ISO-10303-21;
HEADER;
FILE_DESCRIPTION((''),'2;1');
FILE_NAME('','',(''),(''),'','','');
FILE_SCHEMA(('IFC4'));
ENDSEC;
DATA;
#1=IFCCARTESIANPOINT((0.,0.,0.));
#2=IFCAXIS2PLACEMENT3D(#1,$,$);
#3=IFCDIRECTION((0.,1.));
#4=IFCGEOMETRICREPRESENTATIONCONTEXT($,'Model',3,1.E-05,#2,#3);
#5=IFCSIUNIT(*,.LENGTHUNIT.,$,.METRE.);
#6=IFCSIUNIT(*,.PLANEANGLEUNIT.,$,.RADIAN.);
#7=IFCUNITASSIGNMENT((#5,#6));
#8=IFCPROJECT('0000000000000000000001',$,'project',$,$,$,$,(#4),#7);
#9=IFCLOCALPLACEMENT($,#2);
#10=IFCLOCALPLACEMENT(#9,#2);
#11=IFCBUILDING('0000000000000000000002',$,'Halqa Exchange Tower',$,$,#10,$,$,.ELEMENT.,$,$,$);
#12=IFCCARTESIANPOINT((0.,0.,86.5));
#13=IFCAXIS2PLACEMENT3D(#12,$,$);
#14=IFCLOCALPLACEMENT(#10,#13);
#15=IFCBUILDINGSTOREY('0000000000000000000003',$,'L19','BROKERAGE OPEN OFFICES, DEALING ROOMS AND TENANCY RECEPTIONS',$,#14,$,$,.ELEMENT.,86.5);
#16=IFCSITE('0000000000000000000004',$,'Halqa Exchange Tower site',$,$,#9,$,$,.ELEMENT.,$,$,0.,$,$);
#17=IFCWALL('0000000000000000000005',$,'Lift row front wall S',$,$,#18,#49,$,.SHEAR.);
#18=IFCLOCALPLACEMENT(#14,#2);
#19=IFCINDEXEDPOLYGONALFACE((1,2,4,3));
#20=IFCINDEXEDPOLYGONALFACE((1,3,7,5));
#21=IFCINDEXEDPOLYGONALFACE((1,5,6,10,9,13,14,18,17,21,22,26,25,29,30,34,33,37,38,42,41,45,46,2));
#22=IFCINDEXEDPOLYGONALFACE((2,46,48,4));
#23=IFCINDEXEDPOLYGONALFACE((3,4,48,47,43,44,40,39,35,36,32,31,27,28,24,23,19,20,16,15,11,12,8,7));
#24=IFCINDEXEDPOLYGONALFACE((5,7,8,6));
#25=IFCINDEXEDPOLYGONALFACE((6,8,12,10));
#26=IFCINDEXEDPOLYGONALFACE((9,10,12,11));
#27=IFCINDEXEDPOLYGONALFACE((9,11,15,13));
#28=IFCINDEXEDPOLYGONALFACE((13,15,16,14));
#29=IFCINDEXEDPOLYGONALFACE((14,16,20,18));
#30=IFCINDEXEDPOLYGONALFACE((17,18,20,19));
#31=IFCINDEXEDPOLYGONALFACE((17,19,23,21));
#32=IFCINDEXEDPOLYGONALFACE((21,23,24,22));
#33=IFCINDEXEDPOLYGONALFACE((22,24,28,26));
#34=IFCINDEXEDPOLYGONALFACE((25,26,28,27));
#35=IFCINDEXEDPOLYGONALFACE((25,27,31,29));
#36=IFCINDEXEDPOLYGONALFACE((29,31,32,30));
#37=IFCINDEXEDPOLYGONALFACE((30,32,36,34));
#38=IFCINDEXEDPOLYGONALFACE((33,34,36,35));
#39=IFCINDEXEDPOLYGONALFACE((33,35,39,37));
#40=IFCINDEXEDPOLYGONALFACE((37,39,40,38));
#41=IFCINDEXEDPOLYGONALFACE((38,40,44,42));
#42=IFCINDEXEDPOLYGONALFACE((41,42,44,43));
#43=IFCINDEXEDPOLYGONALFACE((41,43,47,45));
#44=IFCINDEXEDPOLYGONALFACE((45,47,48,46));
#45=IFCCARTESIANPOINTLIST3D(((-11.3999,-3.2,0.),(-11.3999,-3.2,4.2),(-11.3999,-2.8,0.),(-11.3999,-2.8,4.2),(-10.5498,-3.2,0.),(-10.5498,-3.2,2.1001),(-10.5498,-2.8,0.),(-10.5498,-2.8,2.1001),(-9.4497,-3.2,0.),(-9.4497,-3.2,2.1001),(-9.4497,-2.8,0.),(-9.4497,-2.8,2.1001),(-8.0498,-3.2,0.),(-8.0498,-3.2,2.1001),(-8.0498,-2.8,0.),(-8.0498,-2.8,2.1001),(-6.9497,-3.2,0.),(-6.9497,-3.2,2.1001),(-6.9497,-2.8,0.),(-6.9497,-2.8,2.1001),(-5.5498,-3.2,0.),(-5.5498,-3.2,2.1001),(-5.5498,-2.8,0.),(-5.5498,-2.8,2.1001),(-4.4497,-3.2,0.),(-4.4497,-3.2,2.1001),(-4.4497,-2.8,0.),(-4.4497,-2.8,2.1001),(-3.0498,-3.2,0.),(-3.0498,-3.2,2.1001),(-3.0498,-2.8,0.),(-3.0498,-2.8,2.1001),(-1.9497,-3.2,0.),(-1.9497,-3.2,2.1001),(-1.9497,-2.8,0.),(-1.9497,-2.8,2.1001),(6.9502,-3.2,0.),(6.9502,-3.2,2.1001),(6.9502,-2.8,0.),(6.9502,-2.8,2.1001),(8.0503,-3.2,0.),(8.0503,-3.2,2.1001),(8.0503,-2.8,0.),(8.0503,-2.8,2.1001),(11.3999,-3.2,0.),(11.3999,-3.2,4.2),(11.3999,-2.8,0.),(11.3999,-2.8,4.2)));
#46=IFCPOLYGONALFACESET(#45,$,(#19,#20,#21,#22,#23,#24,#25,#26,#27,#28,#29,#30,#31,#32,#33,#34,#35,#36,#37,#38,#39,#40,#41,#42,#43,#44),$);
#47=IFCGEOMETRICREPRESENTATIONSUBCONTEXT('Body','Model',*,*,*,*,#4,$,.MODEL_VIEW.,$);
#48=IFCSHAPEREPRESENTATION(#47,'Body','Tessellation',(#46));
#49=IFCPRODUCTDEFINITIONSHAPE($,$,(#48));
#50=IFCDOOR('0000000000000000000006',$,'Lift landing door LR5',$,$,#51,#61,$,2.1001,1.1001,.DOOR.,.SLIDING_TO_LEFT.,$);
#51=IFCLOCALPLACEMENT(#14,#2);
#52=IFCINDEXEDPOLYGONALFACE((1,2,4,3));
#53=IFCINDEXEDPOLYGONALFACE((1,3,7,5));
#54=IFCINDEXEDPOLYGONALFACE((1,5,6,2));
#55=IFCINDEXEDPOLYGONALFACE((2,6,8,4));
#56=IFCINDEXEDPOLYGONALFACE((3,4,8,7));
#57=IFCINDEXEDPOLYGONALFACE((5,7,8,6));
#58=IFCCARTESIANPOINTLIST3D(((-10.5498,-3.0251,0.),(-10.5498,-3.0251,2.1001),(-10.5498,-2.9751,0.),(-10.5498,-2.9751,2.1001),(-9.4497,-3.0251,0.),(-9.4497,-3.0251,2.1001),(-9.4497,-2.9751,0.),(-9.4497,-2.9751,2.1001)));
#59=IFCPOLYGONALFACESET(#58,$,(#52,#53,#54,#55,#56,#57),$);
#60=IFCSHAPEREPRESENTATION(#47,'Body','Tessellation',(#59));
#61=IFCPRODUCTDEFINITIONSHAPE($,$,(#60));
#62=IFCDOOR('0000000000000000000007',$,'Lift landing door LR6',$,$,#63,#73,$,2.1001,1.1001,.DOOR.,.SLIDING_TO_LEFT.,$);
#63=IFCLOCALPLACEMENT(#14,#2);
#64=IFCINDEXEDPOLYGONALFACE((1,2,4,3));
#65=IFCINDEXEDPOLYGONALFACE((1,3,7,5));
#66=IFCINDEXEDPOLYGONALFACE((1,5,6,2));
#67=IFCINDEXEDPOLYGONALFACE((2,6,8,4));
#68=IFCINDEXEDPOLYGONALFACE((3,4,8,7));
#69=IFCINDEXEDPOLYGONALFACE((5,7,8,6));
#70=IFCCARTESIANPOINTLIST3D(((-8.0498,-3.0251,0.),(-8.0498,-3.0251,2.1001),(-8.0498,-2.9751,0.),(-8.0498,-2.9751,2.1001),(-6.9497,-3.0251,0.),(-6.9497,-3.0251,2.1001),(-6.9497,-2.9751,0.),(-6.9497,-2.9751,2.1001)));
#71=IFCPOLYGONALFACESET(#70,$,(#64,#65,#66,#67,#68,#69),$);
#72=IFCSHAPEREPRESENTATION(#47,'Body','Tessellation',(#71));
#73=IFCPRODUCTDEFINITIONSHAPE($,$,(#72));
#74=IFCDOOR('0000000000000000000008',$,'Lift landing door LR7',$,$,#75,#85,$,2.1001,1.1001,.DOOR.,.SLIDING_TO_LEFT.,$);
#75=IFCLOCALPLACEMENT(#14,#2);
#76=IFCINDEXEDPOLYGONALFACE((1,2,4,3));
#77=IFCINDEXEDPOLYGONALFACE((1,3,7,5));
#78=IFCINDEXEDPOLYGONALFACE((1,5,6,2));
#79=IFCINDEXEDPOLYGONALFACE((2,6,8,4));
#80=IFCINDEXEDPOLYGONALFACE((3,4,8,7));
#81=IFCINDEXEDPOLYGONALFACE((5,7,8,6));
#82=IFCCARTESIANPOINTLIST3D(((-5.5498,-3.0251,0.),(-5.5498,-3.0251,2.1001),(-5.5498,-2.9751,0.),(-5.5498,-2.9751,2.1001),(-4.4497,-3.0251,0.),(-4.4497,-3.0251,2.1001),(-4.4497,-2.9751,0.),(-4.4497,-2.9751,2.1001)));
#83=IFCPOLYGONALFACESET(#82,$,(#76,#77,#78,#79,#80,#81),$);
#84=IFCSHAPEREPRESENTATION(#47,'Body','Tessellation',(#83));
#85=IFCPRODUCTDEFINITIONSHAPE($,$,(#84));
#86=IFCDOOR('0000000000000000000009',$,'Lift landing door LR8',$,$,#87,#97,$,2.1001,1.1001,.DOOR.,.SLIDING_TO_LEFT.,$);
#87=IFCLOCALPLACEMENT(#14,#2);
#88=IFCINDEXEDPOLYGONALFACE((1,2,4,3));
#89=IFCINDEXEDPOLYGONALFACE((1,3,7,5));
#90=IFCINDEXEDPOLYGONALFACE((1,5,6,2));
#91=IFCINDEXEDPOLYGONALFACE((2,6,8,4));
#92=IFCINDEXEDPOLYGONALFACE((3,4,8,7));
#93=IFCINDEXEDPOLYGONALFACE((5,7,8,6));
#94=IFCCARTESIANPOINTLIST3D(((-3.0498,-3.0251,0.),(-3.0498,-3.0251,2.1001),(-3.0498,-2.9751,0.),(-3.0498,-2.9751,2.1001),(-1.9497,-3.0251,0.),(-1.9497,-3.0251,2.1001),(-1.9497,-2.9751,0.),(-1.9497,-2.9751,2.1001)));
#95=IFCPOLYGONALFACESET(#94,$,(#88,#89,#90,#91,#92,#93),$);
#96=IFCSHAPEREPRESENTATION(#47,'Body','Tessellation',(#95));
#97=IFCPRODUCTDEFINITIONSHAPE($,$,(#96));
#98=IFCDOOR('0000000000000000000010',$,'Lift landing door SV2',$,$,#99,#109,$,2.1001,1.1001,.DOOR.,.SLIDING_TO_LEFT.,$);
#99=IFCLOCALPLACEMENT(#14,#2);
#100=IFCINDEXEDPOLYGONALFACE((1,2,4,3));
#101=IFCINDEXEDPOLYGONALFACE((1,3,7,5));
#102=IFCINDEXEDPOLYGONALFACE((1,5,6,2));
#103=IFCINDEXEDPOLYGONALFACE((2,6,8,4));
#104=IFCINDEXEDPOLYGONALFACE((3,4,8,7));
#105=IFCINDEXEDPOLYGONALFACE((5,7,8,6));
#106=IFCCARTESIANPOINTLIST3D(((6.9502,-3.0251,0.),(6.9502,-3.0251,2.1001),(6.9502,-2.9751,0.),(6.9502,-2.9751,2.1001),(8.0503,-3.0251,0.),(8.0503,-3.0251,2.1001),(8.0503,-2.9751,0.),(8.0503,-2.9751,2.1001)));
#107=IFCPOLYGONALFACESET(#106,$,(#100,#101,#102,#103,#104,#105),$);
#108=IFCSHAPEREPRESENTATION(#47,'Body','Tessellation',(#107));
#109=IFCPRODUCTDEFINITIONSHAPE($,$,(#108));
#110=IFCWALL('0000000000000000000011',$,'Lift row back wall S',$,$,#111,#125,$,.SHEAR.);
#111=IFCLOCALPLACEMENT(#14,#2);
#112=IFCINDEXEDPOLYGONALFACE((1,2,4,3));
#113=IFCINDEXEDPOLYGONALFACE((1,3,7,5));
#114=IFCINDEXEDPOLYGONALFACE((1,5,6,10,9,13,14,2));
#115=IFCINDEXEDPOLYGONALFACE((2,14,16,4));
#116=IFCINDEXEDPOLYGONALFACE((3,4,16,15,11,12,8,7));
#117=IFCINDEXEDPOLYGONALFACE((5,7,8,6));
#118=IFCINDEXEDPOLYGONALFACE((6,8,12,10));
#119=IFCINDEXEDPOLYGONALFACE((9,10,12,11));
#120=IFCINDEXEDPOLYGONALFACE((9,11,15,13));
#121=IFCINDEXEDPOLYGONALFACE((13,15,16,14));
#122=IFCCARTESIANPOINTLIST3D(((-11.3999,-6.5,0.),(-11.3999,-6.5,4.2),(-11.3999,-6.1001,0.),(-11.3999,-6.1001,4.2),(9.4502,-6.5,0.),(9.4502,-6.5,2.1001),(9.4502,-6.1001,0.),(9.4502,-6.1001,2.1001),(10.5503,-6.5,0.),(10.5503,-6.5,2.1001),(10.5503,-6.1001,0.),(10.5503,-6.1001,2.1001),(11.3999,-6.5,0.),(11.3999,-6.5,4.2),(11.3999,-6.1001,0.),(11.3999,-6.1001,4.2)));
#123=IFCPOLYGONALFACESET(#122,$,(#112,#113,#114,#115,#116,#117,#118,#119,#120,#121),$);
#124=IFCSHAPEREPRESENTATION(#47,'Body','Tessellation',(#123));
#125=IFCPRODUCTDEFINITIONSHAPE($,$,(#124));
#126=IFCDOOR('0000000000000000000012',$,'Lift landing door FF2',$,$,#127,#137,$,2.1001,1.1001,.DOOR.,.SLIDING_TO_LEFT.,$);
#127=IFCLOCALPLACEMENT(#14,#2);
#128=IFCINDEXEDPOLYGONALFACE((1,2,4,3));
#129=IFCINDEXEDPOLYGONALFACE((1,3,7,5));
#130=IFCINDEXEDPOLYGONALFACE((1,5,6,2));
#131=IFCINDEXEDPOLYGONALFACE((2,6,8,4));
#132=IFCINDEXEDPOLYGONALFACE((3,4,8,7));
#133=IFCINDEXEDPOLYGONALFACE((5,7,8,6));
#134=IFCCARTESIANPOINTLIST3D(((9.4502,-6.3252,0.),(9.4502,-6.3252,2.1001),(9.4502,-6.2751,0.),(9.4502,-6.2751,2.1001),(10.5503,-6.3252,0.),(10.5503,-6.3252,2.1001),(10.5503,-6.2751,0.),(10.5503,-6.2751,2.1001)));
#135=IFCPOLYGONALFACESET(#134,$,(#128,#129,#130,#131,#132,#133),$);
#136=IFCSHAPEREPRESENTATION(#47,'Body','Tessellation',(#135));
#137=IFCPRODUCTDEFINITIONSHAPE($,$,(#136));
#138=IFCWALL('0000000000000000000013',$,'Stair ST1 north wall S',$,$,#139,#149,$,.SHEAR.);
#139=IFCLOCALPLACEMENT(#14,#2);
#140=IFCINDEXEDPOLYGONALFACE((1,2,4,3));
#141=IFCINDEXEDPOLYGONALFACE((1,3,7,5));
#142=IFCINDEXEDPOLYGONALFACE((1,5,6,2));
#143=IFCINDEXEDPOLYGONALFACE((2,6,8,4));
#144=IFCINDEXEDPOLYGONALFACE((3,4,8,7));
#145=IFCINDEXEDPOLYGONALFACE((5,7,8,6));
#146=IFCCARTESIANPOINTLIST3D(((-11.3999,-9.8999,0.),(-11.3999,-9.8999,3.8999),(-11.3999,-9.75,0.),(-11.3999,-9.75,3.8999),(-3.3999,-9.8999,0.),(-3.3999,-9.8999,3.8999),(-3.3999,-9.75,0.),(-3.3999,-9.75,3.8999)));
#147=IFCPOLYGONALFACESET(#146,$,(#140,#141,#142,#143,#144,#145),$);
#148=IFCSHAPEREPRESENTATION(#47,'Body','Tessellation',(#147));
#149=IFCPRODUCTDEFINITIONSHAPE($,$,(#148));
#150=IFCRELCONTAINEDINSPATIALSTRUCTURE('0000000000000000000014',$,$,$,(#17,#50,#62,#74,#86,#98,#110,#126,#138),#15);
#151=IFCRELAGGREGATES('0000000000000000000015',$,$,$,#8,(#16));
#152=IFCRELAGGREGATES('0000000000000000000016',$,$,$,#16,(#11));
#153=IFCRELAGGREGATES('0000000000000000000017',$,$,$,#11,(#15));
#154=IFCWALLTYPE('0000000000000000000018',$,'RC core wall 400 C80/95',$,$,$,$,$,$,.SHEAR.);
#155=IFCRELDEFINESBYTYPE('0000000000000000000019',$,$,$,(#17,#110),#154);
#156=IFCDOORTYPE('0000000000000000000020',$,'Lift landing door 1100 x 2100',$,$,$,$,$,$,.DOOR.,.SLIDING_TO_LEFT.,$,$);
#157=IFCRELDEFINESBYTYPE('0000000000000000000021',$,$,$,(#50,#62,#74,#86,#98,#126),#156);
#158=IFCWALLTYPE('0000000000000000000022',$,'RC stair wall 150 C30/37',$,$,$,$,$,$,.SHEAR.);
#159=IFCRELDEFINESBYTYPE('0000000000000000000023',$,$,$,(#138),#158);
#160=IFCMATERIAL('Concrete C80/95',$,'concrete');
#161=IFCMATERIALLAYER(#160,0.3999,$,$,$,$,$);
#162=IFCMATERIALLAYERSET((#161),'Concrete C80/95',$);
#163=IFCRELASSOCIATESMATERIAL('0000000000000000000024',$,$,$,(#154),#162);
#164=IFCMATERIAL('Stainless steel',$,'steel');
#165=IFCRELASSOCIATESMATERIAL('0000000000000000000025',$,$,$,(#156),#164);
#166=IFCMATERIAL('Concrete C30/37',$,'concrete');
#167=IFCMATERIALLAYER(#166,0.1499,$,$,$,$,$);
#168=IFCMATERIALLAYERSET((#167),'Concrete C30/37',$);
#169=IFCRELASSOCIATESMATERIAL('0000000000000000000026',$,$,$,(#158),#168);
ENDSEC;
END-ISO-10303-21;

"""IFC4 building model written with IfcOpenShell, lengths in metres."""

from ifc_helpers import new_model, si_unit, direction, frame, frame_2d, origin, place, context, subcontext, project, spatial, rectangle, extrude, material, layer, layer_set, type_object, element, fill, save


model = new_model("IFC4")

# Units and contexts
model_context = context("Model", 3, precision=1e-05, world=origin(), true_north=direction((0.0, 1.0)))
body_context = subcontext(model_context, "Body", "Model", "MODEL_VIEW")
ifc_project = project(units=[si_unit("LENGTHUNIT", "METRE"), si_unit("PLANEANGLEUNIT", "RADIAN")], contexts=[model_context])

# Site, building, storey
site_placement = place(None, origin())
site = spatial("IfcSite", under=ifc_project, at=site_placement, Name="Halqa Exchange Tower site", CompositionType="ELEMENT", RefElevation=0.0)
building_placement = place(site_placement, origin())
building = spatial("IfcBuilding", under=site, at=building_placement, Name="Halqa Exchange Tower", CompositionType="ELEMENT")
storey_placement = place(building_placement, frame((0.0, 0.0, 86.5)))
storey = spatial("IfcBuildingStorey", under=building, at=storey_placement, Name="L19", Description="BROKERAGE OPEN OFFICES, DEALING ROOMS AND TENANCY RECEPTIONS", CompositionType="ELEMENT", Elevation=86.5)

# Wall, openings, doors
ifc_material_1 = material(Name="Concrete C80/95", Category="concrete")
ifc_layer_1 = layer(ifc_material_1, 0.3999)
ifc_layer_set_1 = layer_set([ifc_layer_1], Name="Concrete C80/95")
wall_type_1 = type_object("IfcWallType", Name="RC core wall 400 C80/95", PredefinedType="SHEAR", material=ifc_layer_set_1)
wall_1_placement = place(storey_placement, frame((-11.3999, -3.0, 0.0), z_axis=(0.0, 0.0, 1.0), x_axis=(1.0, 0.0, 0.0)))
wall_1 = element("IfcWall", 1, at=wall_1_placement, inside=storey, type_object=wall_type_1, Name="Lift row front wall S", PredefinedType="SHEAR", context=body_context, shape_type="SweptSolid", body=[
    extrude(rectangle(XDim=22.7998, YDim=0.3999, at=frame_2d((11.3999, 0.0))), origin(), (0.0, 0.0, 1.0), 4.2),
])
opening_1_placement = place(wall_1_placement, frame((0.8501, 0.0, 0.0)))
opening_1 = element("IfcOpeningElement", 2, at=opening_1_placement, cuts=wall_1, PredefinedType="OPENING", context=body_context, shape_type="SweptSolid", body=[
    extrude(rectangle(XDim=1.1001, YDim=2.1001, at=frame_2d((0.55, 1.05))), frame((0.0, 0.2119, 0.0), z_axis=(0.0, -1.0, 0.0), x_axis=(1.0, 0.0, 0.0)), (0.0, 0.0, 1.0), 0.4238),
])
opening_2_placement = place(wall_1_placement, frame((3.3501, 0.0, 0.0)))
opening_2 = element("IfcOpeningElement", 3, at=opening_2_placement, cuts=wall_1, PredefinedType="OPENING", context=body_context, shape_type="SweptSolid", body=[
    extrude(rectangle(XDim=1.1001, YDim=2.1001, at=frame_2d((0.55, 1.05))), frame((0.0, 0.2119, 0.0), z_axis=(0.0, -1.0, 0.0), x_axis=(1.0, 0.0, 0.0)), (0.0, 0.0, 1.0), 0.4238),
])
opening_3_placement = place(wall_1_placement, frame((5.8501, 0.0, 0.0)))
opening_3 = element("IfcOpeningElement", 4, at=opening_3_placement, cuts=wall_1, PredefinedType="OPENING", context=body_context, shape_type="SweptSolid", body=[
    extrude(rectangle(XDim=1.1001, YDim=2.1001, at=frame_2d((0.55, 1.05))), frame((0.0, 0.2119, 0.0), z_axis=(0.0, -1.0, 0.0), x_axis=(1.0, 0.0, 0.0)), (0.0, 0.0, 1.0), 0.4238),
])
opening_4_placement = place(wall_1_placement, frame((8.3501, 0.0, 0.0)))
opening_4 = element("IfcOpeningElement", 5, at=opening_4_placement, cuts=wall_1, PredefinedType="OPENING", context=body_context, shape_type="SweptSolid", body=[
    extrude(rectangle(XDim=1.1001, YDim=2.1001, at=frame_2d((0.55, 1.05))), frame((0.0, 0.2119, 0.0), z_axis=(0.0, -1.0, 0.0), x_axis=(1.0, 0.0, 0.0)), (0.0, 0.0, 1.0), 0.4238),
])
opening_5_placement = place(wall_1_placement, frame((18.3501, 0.0, 0.0)))
opening_5 = element("IfcOpeningElement", 6, at=opening_5_placement, cuts=wall_1, PredefinedType="OPENING", context=body_context, shape_type="SweptSolid", body=[
    extrude(rectangle(XDim=1.1001, YDim=2.1001, at=frame_2d((0.55, 1.05))), frame((0.0, 0.2119, 0.0), z_axis=(0.0, -1.0, 0.0), x_axis=(1.0, 0.0, 0.0)), (0.0, 0.0, 1.0), 0.4238),
])
ifc_material_2 = material(Name="Stainless steel", Category="steel")
door_type = type_object("IfcDoorType", Name="Lift landing door 1100 x 2100", OperationType="SLIDING_TO_LEFT", PredefinedType="DOOR", material=ifc_material_2)
door_1_placement = place(opening_1_placement, origin())
door_1 = element("IfcDoor", 7, at=door_1_placement, inside=storey, type_object=door_type, Name="Lift landing door LR5", OperationType="SLIDING_TO_LEFT", OverallHeight=2.1001, OverallWidth=1.1001, PredefinedType="DOOR", context=body_context, shape_type="SweptSolid", body=[
    extrude(rectangle(XDim=1.1001, YDim=2.1001, at=frame_2d((0.55, 1.05))), frame((0.0, 0.0249, 0.0), z_axis=(0.0, -1.0, 0.0), x_axis=(1.0, 0.0, 0.0)), (0.0, 0.0, 1.0), 0.05),
])
fill(opening_1, door_1)
door_2_placement = place(opening_2_placement, origin())
door_2 = element("IfcDoor", 8, at=door_2_placement, inside=storey, type_object=door_type, Name="Lift landing door LR6", OperationType="SLIDING_TO_LEFT", OverallHeight=2.1001, OverallWidth=1.1001, PredefinedType="DOOR", context=body_context, shape_type="SweptSolid", body=[
    extrude(rectangle(XDim=1.1001, YDim=2.1001, at=frame_2d((0.55, 1.05))), frame((0.0, 0.0249, 0.0), z_axis=(0.0, -1.0, 0.0), x_axis=(1.0, 0.0, 0.0)), (0.0, 0.0, 1.0), 0.05),
])
fill(opening_2, door_2)
door_3_placement = place(opening_3_placement, origin())
door_3 = element("IfcDoor", 9, at=door_3_placement, inside=storey, type_object=door_type, Name="Lift landing door LR7", OperationType="SLIDING_TO_LEFT", OverallHeight=2.1001, OverallWidth=1.1001, PredefinedType="DOOR", context=body_context, shape_type="SweptSolid", body=[
    extrude(rectangle(XDim=1.1001, YDim=2.1001, at=frame_2d((0.55, 1.05))), frame((0.0, 0.0249, 0.0), z_axis=(0.0, -1.0, 0.0), x_axis=(1.0, 0.0, 0.0)), (0.0, 0.0, 1.0), 0.05),
])
fill(opening_3, door_3)
door_4_placement = place(opening_4_placement, origin())
door_4 = element("IfcDoor", 10, at=door_4_placement, inside=storey, type_object=door_type, Name="Lift landing door LR8", OperationType="SLIDING_TO_LEFT", OverallHeight=2.1001, OverallWidth=1.1001, PredefinedType="DOOR", context=body_context, shape_type="SweptSolid", body=[
    extrude(rectangle(XDim=1.1001, YDim=2.1001, at=frame_2d((0.55, 1.05))), frame((0.0, 0.0249, 0.0), z_axis=(0.0, -1.0, 0.0), x_axis=(1.0, 0.0, 0.0)), (0.0, 0.0, 1.0), 0.05),
])
fill(opening_4, door_4)
door_5_placement = place(opening_5_placement, origin())
door_5 = element("IfcDoor", 11, at=door_5_placement, inside=storey, type_object=door_type, Name="Lift landing door SV2", OperationType="SLIDING_TO_LEFT", OverallHeight=2.1001, OverallWidth=1.1001, PredefinedType="DOOR", context=body_context, shape_type="SweptSolid", body=[
    extrude(rectangle(XDim=1.1001, YDim=2.1001, at=frame_2d((0.55, 1.05))), frame((0.0, 0.0249, 0.0), z_axis=(0.0, -1.0, 0.0), x_axis=(1.0, 0.0, 0.0)), (0.0, 0.0, 1.0), 0.05),
])
fill(opening_5, door_5)

# Wall, opening, door
wall_2_placement = place(storey_placement, frame((-11.3999, -6.3, 0.0), z_axis=(0.0, 0.0, 1.0), x_axis=(1.0, 0.0, 0.0)))
wall_2 = element("IfcWall", 12, at=wall_2_placement, inside=storey, type_object=wall_type_1, Name="Lift row back wall S", PredefinedType="SHEAR", context=body_context, shape_type="SweptSolid", body=[
    extrude(rectangle(XDim=22.7998, YDim=0.3999, at=frame_2d((11.3999, 0.0))), origin(), (0.0, 0.0, 1.0), 4.2),
])
opening_6_placement = place(wall_2_placement, frame((20.8501, 0.0, 0.0)))
opening_6 = element("IfcOpeningElement", 13, at=opening_6_placement, cuts=wall_2, PredefinedType="OPENING", context=body_context, shape_type="SweptSolid", body=[
    extrude(rectangle(XDim=1.1001, YDim=2.1001, at=frame_2d((0.55, 1.05))), frame((0.0, 0.2119, 0.0), z_axis=(0.0, -1.0, 0.0), x_axis=(1.0, 0.0, 0.0)), (0.0, 0.0, 1.0), 0.4238),
])
door_6_placement = place(opening_6_placement, origin())
door_6 = element("IfcDoor", 14, at=door_6_placement, inside=storey, type_object=door_type, Name="Lift landing door FF2", OperationType="SLIDING_TO_LEFT", OverallHeight=2.1001, OverallWidth=1.1001, PredefinedType="DOOR", context=body_context, shape_type="SweptSolid", body=[
    extrude(rectangle(XDim=1.1001, YDim=2.1001, at=frame_2d((0.55, 1.05))), frame((0.0, 0.0249, 0.0), z_axis=(0.0, -1.0, 0.0), x_axis=(1.0, 0.0, 0.0)), (0.0, 0.0, 1.0), 0.05),
])
fill(opening_6, door_6)

# Wall
ifc_material_3 = material(Name="Concrete C30/37", Category="concrete")
ifc_layer_2 = layer(ifc_material_3, 0.1499)
ifc_layer_set_2 = layer_set([ifc_layer_2], Name="Concrete C30/37")
wall_type_2 = type_object("IfcWallType", Name="RC stair wall 150 C30/37", PredefinedType="SHEAR", material=ifc_layer_set_2)
wall_3_placement = place(storey_placement, frame((-11.3999, -9.825, 0.0), z_axis=(0.0, 0.0, 1.0), x_axis=(1.0, 0.0, 0.0)))
element("IfcWall", 15, at=wall_3_placement, inside=storey, type_object=wall_type_2, Name="Stair ST1 north wall S", PredefinedType="SHEAR", context=body_context, shape_type="SweptSolid", body=[
    extrude(rectangle(XDim=8.0, YDim=0.1499, at=frame_2d((4.0, 0.0))), origin(), (0.0, 0.0, 1.0), 3.8999),
])

save(model, "model.ifc")
